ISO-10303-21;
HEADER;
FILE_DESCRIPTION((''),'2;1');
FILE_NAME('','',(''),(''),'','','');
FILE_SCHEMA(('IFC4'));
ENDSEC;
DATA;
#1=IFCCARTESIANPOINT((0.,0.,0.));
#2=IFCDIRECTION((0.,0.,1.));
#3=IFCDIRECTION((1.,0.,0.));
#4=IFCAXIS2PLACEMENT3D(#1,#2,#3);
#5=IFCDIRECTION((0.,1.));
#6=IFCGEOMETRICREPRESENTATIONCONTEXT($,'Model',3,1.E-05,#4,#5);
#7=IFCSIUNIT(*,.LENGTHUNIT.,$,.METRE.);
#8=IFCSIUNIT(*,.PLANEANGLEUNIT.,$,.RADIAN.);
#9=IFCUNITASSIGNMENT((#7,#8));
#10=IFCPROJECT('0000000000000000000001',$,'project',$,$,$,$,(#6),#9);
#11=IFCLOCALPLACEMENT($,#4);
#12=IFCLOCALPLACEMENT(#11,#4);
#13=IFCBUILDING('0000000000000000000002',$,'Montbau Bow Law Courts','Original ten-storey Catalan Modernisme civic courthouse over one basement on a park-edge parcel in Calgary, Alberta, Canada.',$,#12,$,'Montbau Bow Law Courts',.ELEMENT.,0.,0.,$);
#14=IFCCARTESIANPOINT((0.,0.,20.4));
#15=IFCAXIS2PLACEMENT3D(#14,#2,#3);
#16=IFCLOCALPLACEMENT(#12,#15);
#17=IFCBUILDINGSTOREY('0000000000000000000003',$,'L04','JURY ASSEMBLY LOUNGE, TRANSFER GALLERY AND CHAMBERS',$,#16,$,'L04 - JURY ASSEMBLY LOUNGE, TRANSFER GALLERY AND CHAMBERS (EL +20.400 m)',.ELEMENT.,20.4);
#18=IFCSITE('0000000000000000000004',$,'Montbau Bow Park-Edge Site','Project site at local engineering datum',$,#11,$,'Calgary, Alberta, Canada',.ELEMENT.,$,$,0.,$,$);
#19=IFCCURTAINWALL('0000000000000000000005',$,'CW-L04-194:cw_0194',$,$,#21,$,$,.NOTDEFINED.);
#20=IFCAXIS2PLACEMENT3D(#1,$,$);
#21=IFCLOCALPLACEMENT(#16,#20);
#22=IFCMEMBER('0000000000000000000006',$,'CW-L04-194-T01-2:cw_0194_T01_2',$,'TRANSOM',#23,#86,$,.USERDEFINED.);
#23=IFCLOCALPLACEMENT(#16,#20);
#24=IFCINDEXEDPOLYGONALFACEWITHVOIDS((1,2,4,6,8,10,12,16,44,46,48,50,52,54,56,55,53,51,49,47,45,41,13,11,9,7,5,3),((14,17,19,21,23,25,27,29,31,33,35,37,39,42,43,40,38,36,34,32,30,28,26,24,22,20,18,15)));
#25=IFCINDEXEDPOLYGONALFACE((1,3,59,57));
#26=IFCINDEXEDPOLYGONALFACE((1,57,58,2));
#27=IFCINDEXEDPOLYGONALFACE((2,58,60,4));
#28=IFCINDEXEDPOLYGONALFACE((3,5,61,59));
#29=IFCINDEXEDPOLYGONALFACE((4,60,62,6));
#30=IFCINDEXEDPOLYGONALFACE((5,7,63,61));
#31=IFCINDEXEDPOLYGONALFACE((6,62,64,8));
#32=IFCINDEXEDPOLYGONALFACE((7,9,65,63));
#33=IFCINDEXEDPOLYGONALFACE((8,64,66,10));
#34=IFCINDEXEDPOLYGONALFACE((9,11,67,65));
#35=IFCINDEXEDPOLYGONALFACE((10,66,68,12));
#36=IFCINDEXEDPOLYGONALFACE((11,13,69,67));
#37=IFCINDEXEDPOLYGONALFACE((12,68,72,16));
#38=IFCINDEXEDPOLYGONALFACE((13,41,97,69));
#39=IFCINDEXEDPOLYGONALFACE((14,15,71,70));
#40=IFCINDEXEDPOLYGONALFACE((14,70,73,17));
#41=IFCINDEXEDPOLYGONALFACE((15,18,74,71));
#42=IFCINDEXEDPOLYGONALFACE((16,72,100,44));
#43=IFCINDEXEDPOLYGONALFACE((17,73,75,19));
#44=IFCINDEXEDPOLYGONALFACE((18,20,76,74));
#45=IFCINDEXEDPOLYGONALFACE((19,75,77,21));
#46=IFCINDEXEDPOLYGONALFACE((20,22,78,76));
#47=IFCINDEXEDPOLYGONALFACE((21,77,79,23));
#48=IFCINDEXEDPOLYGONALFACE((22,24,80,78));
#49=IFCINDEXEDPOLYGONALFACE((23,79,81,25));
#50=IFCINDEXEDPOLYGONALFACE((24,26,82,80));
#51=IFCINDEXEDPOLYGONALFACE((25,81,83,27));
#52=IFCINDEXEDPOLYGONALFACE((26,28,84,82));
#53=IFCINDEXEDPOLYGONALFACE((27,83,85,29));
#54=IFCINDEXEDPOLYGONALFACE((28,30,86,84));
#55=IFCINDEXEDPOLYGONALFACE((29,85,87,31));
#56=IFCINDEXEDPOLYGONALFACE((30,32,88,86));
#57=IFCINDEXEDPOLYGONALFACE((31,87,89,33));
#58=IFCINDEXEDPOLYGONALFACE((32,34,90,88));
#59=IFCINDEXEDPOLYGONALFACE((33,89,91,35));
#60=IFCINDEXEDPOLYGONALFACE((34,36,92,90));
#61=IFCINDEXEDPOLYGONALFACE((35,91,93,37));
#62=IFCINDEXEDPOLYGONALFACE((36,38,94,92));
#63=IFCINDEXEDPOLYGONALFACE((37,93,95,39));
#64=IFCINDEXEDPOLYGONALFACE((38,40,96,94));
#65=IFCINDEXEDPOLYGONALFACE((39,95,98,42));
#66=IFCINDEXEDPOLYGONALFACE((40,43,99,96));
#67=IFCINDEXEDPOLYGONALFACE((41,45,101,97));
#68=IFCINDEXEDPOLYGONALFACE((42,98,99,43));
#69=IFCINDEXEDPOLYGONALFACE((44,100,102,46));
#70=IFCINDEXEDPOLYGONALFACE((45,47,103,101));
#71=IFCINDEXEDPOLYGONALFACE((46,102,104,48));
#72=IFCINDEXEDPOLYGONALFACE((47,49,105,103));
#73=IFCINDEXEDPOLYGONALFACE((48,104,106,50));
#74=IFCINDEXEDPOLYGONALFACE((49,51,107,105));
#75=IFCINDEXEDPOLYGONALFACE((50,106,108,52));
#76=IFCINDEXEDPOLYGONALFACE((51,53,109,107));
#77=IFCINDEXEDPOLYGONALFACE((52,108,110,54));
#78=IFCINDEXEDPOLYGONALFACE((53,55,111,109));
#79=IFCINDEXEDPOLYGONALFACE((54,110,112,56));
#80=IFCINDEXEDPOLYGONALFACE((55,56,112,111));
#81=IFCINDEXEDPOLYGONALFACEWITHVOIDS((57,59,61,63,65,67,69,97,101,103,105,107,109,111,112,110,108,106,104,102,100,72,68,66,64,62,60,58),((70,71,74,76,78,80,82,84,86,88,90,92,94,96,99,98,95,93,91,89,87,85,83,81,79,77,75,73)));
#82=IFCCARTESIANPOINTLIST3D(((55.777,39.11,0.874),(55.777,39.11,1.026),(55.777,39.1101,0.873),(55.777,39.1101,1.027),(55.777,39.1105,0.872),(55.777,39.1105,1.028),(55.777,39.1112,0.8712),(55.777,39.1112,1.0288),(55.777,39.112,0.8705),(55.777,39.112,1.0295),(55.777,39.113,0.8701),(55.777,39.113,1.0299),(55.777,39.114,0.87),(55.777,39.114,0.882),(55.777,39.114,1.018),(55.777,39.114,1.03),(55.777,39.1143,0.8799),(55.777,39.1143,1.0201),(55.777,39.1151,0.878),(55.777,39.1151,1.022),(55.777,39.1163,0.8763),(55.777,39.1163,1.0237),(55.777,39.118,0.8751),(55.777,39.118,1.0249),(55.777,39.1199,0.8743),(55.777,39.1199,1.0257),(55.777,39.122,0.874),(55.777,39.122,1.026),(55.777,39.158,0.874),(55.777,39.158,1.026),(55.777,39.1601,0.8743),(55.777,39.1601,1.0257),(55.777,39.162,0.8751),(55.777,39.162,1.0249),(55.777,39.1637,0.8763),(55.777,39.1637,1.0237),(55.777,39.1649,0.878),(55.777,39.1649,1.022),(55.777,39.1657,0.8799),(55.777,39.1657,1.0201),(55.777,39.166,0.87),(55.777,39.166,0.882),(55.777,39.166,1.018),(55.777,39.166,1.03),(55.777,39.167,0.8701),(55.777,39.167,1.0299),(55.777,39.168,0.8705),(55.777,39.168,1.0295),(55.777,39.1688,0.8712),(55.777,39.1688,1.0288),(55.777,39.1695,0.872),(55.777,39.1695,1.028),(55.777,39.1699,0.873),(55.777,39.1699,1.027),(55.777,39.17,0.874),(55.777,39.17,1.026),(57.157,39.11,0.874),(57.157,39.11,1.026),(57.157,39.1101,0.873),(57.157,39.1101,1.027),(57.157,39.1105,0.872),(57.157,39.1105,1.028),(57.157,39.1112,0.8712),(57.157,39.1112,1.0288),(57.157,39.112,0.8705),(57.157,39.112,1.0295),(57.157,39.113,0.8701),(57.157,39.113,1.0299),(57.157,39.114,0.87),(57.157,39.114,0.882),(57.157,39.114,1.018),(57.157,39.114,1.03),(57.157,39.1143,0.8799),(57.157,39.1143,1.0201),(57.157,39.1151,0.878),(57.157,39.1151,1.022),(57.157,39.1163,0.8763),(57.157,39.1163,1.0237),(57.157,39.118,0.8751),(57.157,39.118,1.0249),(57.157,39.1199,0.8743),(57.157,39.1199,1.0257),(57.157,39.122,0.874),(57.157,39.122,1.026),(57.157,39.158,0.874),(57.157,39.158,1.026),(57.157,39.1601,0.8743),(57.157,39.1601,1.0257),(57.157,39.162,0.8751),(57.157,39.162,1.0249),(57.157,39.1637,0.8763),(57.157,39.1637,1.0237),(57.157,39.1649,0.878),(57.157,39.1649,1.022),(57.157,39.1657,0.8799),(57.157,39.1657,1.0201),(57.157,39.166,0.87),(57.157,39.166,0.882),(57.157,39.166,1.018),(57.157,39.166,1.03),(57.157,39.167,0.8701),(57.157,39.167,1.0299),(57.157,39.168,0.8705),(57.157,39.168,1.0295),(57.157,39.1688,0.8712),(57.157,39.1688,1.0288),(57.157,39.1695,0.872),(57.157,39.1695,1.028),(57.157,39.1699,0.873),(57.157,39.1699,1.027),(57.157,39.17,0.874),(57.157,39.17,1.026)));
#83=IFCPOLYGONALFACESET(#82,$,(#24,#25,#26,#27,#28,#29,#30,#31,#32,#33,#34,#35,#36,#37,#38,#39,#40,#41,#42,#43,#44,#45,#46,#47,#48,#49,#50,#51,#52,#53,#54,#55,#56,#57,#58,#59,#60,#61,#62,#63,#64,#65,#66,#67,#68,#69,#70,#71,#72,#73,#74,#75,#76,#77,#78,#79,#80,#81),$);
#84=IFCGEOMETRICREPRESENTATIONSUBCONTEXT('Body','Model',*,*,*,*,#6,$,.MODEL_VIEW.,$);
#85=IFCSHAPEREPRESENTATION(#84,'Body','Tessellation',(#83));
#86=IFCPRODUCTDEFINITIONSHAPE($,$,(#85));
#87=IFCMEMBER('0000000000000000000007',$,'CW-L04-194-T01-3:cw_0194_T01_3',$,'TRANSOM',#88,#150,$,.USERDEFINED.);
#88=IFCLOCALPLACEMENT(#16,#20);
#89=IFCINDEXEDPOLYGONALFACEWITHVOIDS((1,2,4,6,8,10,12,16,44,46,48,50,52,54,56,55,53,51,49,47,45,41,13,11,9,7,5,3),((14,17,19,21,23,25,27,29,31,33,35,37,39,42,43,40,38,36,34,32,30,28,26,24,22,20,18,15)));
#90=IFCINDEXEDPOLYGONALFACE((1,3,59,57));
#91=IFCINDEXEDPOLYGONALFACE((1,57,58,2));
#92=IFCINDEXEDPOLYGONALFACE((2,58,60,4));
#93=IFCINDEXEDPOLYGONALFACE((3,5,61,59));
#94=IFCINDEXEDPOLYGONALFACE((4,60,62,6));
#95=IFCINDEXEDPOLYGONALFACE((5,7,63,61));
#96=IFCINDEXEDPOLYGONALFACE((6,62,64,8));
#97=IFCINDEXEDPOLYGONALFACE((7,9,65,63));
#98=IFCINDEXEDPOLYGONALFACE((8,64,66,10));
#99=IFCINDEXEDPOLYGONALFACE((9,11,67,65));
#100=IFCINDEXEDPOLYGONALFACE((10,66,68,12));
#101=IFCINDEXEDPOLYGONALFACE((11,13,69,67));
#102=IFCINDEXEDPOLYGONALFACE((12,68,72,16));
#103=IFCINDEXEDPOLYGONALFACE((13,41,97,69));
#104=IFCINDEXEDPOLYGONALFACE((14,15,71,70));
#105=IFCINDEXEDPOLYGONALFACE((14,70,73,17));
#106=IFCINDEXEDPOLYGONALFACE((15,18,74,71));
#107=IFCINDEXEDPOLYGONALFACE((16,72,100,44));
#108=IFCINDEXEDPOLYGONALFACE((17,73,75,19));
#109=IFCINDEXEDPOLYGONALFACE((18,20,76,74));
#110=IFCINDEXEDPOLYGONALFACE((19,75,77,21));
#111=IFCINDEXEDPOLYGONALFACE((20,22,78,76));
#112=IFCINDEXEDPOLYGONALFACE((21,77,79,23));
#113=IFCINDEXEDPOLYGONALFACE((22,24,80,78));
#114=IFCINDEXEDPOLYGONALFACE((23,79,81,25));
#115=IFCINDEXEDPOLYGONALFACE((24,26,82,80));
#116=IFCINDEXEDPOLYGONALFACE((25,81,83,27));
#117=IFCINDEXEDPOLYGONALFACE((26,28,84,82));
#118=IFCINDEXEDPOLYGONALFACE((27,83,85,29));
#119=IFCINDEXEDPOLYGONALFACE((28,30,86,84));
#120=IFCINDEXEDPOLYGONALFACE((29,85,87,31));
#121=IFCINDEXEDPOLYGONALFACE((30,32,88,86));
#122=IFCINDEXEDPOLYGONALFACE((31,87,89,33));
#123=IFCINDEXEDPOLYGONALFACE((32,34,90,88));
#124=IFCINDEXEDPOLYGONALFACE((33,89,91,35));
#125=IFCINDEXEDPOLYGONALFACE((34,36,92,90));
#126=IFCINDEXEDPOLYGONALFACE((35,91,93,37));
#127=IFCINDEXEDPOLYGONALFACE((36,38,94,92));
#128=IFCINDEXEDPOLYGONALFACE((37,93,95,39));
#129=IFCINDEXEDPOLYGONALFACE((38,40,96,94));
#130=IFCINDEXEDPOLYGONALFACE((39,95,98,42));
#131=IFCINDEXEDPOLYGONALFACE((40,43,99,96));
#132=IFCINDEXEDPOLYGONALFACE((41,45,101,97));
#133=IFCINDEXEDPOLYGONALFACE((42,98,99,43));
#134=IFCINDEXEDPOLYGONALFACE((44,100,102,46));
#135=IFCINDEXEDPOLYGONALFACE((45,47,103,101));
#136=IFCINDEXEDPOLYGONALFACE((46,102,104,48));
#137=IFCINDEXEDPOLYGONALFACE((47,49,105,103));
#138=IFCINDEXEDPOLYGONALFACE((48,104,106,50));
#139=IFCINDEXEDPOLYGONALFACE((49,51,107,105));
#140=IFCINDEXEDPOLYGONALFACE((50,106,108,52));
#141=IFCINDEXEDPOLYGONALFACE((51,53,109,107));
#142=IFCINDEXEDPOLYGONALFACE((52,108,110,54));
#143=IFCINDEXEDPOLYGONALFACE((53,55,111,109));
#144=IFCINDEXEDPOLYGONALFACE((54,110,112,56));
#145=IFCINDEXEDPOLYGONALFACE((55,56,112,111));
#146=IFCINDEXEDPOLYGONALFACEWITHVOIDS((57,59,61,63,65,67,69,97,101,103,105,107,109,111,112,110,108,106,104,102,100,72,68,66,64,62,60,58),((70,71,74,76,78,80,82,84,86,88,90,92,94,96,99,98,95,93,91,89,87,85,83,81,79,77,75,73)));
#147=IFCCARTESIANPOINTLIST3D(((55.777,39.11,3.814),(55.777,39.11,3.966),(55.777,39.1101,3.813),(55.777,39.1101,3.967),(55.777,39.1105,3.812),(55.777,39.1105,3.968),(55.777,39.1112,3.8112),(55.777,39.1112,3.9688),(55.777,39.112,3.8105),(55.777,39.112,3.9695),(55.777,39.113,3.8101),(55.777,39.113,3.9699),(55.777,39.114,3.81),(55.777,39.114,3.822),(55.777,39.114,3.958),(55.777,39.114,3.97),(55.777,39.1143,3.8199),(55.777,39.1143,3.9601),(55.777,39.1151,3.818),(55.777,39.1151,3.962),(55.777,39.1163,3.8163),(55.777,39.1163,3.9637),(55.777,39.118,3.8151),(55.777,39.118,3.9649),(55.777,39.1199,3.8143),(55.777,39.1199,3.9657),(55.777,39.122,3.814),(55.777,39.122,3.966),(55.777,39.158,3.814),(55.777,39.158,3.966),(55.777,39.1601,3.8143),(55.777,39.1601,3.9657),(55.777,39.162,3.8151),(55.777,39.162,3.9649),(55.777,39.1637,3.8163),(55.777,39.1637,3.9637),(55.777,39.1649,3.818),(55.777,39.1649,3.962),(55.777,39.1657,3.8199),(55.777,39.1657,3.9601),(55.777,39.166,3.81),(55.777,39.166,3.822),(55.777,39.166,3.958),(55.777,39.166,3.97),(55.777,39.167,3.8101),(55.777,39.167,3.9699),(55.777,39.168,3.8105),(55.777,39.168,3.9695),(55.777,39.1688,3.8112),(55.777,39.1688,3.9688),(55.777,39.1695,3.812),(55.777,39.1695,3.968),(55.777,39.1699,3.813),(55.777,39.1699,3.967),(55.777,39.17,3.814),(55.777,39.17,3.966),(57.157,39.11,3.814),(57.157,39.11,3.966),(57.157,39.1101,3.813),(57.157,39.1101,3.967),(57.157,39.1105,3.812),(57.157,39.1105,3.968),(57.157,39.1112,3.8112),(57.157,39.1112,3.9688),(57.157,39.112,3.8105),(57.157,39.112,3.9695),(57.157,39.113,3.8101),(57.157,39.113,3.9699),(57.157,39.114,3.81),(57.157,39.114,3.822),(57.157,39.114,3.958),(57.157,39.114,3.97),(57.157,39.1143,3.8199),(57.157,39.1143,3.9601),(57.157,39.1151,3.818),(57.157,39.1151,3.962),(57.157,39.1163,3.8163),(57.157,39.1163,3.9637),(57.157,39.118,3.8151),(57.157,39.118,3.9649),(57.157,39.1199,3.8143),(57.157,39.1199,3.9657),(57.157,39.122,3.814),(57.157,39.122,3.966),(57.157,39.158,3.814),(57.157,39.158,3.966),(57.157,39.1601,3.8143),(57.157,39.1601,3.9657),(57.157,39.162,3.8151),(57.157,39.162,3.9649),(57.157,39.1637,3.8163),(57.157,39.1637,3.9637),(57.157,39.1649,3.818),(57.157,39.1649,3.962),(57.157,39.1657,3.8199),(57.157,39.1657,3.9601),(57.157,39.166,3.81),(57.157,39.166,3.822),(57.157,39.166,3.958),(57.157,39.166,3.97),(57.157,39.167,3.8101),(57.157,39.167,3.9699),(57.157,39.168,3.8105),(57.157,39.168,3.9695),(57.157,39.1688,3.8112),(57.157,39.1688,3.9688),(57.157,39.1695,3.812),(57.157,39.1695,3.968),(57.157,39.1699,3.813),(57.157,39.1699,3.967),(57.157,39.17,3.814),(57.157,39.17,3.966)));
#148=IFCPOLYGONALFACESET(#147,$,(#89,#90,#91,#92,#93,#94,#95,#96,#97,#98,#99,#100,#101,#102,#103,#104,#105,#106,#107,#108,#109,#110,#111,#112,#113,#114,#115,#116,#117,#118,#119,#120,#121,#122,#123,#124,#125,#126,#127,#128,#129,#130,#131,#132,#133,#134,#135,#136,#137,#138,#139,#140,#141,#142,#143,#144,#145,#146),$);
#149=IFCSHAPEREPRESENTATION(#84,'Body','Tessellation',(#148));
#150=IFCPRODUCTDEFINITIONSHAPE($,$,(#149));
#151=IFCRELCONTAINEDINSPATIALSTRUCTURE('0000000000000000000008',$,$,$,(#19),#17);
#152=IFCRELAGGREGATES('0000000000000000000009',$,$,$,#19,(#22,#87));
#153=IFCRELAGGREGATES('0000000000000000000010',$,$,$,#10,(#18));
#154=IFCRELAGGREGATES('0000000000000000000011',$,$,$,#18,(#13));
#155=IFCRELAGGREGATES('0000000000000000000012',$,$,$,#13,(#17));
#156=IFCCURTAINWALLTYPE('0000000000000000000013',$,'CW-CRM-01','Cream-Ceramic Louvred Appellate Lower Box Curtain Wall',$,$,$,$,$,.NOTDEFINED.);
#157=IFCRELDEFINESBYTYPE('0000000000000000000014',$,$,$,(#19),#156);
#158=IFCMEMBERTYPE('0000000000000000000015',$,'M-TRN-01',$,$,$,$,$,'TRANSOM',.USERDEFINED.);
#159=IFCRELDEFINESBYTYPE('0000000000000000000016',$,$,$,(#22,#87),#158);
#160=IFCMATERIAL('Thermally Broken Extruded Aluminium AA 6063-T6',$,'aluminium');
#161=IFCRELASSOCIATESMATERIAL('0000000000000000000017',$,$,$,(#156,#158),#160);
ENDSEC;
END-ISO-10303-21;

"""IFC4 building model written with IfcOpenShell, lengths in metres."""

from ifc_helpers import new_model, si_unit, direction, frame, origin_with_axes, origin_2d_with_axis, place, context, subcontext, project, spatial, hollow_rectangle, extrude, material, material_profile, profile_set, type_object, element, aggregate, save


model = new_model("IFC4")

# Units and contexts
model_context = context("Model", 3, precision=1e-05, world=origin_with_axes(), true_north=direction((0.0, 1.0)))
body_context = subcontext(model_context, "Body", "Model", "MODEL_VIEW")
ifc_project = project(units=[si_unit("LENGTHUNIT", "METRE"), si_unit("PLANEANGLEUNIT", "RADIAN")], contexts=[model_context])

# Site, building, storey
site_placement = place(None, origin_with_axes())
site = spatial("IfcSite", under=ifc_project, at=site_placement, Name="Montbau Bow Park-Edge Site", Description="Project site at local engineering datum", LongName="Calgary, Alberta, Canada", CompositionType="ELEMENT", RefElevation=0.0)
building_placement = place(site_placement, origin_with_axes())
building = spatial("IfcBuilding", under=site, at=building_placement, Name="Montbau Bow Law Courts", Description="Original ten-storey Catalan Modernisme civic courthouse over one basement on a park-edge parcel in Calgary, Alberta, Canada.", LongName="Montbau Bow Law Courts", CompositionType="ELEMENT", ElevationOfRefHeight=0.0, ElevationOfTerrain=0.0)
storey_placement = place(building_placement, frame((0.0, 0.0, 20.4), z_axis=(0.0, 0.0, 1.0), x_axis=(1.0, 0.0, 0.0)))
storey = spatial("IfcBuildingStorey", under=building, at=storey_placement, Name="L04", Description="JURY ASSEMBLY LOUNGE, TRANSFER GALLERY AND CHAMBERS", LongName="L04 - JURY ASSEMBLY LOUNGE, TRANSFER GALLERY AND CHAMBERS (EL +20.400 m)", CompositionType="ELEMENT", Elevation=20.4)

# Curtain wall, members
ifc_material_1 = material(Name="Thermally Broken Extruded Aluminium AA 6063-T6", Category="aluminium")
curtain_wall_type = type_object("IfcCurtainWallType", Name="CW-CRM-01", Description="Cream-Ceramic Louvred Appellate Lower Box Curtain Wall", PredefinedType="NOTDEFINED", material=ifc_material_1)
curtain_wall_1_placement = place(None, frame((55.715, 39.14, 20.4), z_axis=(0.0, 0.0, 1.0), x_axis=(1.0, 0.0, 0.0)))
curtain_wall_1 = element("IfcCurtainWall", 1, at=curtain_wall_1_placement, inside=storey, type_object=curtain_wall_type, Name="CW-L04-194:cw_0194", PredefinedType="NOTDEFINED")
ifc_material_profile_1 = material_profile(ifc_material_1, hollow_rectangle(XDim=0.06, YDim=0.16, WallThickness=0.004, InnerFilletRadius=0.008, OuterFilletRadius=0.004, at=origin_2d_with_axis()), Name="CWT-160X60", Category="Main", Priority=0)
ifc_profile_set_1 = profile_set([ifc_material_profile_1], Name="Thermally Broken Extruded Aluminium AA 6063-T6")
member_type_1 = type_object("IfcMemberType", Name="M-TRN-01", ElementType="TRANSOM", PredefinedType="USERDEFINED", material=ifc_profile_set_1)
member_1_placement = place(None, frame((55.777, 39.14, 21.35), z_axis=(1.0, 0.0, 0.0), x_axis=(0.0, 1.0, 0.0)))
member_1 = element("IfcMember", 2, at=member_1_placement, type_object=member_type_1, Name="CW-L04-194-T01-2:cw_0194_T01_2", ObjectType="TRANSOM", PredefinedType="USERDEFINED", context=body_context, shape_type="SweptSolid", body=[
    extrude(hollow_rectangle(XDim=0.06, YDim=0.16, WallThickness=0.004, InnerFilletRadius=0.008, OuterFilletRadius=0.004, at=origin_2d_with_axis()), origin_with_axes(), (0.0, 0.0, 1.0), 1.38),
])
member_2_placement = place(None, frame((55.777, 39.14, 24.29), z_axis=(1.0, 0.0, 0.0), x_axis=(0.0, 1.0, 0.0)))
member_2 = element("IfcMember", 3, at=member_2_placement, type_object=member_type_1, Name="CW-L04-194-T01-3:cw_0194_T01_3", ObjectType="TRANSOM", PredefinedType="USERDEFINED", context=body_context, shape_type="SweptSolid", body=[
    extrude(hollow_rectangle(XDim=0.06, YDim=0.16, WallThickness=0.004, InnerFilletRadius=0.008, OuterFilletRadius=0.004, at=origin_2d_with_axis()), origin_with_axes(), (0.0, 0.0, 1.0), 1.38),
])

aggregate(curtain_wall_1, [member_1, member_2])

save(model, "model.ifc")
